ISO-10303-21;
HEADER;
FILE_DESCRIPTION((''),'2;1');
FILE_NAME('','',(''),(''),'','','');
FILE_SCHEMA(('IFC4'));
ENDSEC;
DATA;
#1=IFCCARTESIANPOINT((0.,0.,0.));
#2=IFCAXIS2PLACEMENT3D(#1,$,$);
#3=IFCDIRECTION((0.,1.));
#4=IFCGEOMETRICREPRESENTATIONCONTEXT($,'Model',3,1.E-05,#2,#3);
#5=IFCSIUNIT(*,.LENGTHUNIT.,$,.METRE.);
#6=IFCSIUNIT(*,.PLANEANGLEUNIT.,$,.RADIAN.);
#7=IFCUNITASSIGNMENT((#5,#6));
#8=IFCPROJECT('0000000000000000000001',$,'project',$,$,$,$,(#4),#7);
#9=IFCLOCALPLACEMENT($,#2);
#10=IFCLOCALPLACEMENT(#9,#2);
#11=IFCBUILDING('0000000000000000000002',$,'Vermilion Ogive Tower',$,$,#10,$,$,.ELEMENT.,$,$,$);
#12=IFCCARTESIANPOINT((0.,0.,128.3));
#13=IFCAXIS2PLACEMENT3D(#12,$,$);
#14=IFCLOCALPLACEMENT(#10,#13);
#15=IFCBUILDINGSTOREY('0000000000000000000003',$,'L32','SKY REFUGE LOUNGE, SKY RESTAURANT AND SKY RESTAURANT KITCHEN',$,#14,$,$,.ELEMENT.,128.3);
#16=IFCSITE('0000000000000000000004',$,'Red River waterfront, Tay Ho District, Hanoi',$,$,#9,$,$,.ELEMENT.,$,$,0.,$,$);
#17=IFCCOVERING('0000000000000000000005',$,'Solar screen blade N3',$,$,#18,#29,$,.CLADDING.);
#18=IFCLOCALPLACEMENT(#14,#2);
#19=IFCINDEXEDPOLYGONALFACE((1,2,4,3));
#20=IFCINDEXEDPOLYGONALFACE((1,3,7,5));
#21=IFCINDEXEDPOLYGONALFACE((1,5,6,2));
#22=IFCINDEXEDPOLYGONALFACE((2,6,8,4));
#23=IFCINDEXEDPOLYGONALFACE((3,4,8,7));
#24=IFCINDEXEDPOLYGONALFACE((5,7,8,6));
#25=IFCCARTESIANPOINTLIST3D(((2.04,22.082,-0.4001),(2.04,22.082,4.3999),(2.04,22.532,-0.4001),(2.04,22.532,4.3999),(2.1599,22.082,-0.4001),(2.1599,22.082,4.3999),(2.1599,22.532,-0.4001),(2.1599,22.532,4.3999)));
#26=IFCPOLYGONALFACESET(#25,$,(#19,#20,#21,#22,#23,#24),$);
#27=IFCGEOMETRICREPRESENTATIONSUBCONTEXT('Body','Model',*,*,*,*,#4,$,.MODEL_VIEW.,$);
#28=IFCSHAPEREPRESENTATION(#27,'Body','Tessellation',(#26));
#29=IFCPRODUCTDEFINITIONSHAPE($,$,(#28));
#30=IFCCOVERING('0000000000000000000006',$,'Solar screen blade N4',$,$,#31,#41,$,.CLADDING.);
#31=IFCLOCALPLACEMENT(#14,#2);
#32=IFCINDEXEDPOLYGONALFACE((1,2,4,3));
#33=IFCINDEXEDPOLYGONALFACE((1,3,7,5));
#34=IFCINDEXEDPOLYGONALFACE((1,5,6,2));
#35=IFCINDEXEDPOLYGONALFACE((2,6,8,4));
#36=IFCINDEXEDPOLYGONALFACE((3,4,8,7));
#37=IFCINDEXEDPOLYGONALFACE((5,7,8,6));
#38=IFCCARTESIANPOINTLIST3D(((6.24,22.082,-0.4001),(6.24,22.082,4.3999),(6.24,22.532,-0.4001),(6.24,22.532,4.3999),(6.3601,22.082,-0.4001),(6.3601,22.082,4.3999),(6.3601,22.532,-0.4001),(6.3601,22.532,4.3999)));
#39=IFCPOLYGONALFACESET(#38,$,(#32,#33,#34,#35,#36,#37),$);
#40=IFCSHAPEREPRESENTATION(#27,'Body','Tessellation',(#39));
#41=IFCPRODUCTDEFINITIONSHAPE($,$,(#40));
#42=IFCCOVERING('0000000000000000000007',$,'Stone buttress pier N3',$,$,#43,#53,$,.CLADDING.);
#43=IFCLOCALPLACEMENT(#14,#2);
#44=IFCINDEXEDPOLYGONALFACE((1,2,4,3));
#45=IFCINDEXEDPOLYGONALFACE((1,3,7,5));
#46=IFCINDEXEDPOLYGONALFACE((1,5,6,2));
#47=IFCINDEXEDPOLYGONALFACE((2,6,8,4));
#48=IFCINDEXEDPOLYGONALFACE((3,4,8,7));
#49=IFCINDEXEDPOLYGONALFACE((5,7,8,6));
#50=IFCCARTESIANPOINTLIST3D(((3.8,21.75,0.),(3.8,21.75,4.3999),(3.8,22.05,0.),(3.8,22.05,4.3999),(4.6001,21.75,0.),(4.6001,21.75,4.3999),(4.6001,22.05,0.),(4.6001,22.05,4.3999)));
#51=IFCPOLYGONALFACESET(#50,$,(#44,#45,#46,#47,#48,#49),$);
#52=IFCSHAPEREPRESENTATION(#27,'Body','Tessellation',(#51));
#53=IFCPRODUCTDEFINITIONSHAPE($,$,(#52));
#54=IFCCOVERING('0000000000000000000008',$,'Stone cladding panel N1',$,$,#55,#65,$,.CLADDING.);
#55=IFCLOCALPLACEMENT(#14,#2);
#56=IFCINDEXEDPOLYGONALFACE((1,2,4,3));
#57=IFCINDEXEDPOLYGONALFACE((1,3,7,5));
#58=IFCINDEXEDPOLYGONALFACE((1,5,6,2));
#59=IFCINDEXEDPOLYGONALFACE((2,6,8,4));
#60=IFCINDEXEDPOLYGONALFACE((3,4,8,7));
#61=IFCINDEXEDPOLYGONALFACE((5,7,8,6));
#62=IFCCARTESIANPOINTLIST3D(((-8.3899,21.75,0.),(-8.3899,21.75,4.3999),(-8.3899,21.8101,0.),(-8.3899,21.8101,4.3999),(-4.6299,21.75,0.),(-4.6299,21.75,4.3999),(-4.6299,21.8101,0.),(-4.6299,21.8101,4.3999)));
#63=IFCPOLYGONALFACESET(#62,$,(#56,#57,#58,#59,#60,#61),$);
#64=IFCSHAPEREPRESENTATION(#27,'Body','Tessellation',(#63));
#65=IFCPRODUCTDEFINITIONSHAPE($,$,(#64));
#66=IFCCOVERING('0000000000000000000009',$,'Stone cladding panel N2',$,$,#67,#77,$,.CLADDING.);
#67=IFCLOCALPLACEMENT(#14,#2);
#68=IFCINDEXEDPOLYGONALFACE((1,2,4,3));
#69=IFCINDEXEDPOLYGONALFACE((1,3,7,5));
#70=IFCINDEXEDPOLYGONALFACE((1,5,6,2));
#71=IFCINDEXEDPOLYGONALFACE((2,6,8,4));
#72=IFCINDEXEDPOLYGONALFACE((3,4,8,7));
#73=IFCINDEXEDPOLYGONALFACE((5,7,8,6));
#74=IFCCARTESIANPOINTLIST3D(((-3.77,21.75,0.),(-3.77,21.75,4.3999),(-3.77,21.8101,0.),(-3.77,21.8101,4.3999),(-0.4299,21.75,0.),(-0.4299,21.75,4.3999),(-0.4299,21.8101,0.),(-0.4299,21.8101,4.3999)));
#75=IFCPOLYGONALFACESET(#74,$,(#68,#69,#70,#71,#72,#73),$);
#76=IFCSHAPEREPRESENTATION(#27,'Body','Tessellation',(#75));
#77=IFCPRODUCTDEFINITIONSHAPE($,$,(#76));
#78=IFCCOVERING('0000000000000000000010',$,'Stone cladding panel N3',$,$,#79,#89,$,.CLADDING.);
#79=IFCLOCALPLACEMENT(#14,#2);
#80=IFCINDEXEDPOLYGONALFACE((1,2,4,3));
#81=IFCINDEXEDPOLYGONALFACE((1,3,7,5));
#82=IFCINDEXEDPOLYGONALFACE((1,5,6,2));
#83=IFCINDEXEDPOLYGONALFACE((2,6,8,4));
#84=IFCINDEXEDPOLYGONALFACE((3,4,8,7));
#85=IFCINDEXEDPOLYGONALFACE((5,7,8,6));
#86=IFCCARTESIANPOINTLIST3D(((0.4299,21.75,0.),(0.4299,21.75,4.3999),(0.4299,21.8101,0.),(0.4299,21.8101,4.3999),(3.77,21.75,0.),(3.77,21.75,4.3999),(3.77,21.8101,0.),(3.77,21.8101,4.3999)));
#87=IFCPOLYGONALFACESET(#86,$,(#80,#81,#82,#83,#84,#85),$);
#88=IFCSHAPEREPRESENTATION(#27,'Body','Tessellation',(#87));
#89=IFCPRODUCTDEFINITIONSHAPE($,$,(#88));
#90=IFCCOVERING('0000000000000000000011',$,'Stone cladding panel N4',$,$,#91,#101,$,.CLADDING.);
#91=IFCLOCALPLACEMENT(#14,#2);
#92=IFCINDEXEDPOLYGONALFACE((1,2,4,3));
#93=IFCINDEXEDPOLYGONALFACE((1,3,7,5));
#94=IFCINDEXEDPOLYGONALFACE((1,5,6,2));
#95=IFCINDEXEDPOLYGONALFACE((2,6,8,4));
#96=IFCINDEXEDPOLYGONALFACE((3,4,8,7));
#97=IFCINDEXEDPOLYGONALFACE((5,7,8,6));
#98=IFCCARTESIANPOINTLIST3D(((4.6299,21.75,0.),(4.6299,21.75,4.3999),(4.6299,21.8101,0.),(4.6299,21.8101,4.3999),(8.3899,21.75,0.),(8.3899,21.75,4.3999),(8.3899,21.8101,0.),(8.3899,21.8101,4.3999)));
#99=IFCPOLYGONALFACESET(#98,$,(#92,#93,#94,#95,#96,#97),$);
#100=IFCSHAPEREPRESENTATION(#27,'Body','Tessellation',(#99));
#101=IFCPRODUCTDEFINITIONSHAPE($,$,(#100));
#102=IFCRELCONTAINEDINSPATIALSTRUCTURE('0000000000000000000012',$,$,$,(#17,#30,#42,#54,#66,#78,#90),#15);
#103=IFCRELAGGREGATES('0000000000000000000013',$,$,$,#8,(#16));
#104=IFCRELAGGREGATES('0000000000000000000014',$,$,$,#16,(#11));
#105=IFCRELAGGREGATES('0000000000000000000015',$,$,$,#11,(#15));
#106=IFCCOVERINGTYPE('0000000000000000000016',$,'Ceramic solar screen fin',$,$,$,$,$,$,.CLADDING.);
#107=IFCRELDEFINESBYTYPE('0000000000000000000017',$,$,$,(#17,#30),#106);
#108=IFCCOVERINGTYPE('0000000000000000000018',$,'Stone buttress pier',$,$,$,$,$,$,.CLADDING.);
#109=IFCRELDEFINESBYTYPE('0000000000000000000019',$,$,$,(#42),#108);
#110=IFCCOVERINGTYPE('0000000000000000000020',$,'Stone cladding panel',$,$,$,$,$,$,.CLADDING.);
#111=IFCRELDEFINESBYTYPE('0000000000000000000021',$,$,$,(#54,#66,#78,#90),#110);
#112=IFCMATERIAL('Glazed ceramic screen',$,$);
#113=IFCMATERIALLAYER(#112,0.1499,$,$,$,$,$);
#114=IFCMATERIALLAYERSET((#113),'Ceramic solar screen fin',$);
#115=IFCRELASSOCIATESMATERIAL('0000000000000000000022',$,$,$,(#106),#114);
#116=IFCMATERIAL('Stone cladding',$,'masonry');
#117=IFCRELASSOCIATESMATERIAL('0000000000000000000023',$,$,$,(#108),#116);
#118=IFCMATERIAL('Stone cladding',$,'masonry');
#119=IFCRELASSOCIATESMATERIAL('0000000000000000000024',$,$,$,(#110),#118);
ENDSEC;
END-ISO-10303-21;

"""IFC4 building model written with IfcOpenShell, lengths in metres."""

from ifc_helpers import new_model, si_unit, direction, frame, origin, place, context, subcontext, project, spatial, polyline, outline, extrude, material, layer, layer_set, type_object, element, save


model = new_model("IFC4")

# Units and contexts
model_context = context("Model", 3, precision=1e-05, world=origin(), true_north=direction((0.0, 1.0)))
body_context = subcontext(model_context, "Body", "Model", "MODEL_VIEW")
ifc_project = project(units=[si_unit("LENGTHUNIT", "METRE"), si_unit("PLANEANGLEUNIT", "RADIAN")], contexts=[model_context])

# Site, building, storey
site_placement = place(None, origin())
site = spatial("IfcSite", under=ifc_project, at=site_placement, Name="Red River waterfront, Tay Ho District, Hanoi", CompositionType="ELEMENT", RefElevation=0.0)
building_placement = place(site_placement, origin())
building = spatial("IfcBuilding", under=site, at=building_placement, Name="Vermilion Ogive Tower", CompositionType="ELEMENT")
storey_placement = place(building_placement, frame((0.0, 0.0, 128.3)))
storey = spatial("IfcBuildingStorey", under=building, at=storey_placement, Name="L32", Description="SKY REFUGE LOUNGE, SKY RESTAURANT AND SKY RESTAURANT KITCHEN", CompositionType="ELEMENT", Elevation=128.3)

# Coverings
ifc_material_1 = material(Name="Glazed ceramic screen")
ifc_layer_1 = layer(ifc_material_1, 0.1499)
ifc_layer_set_1 = layer_set([ifc_layer_1], Name="Ceramic solar screen fin")
covering_type_1 = type_object("IfcCoveringType", Name="Ceramic solar screen fin", PredefinedType="CLADDING", material=ifc_layer_set_1)
covering_1_placement = place(storey_placement, frame((0.0, 0.0, -0.4001)))
element("IfcCovering", 1, at=covering_1_placement, inside=storey, type_object=covering_type_1, Name="Solar screen blade N3", PredefinedType="CLADDING", context=body_context, shape_type="SweptSolid", body=[
    extrude(outline(polyline([(2.04, 22.082), (2.1599, 22.082), (2.1599, 22.532), (2.04, 22.532), (2.04, 22.082)])), origin(), (0.0, 0.0, 1.0), 4.8),
])
covering_2_placement = place(storey_placement, frame((0.0, 0.0, -0.4001)))
element("IfcCovering", 2, at=covering_2_placement, inside=storey, type_object=covering_type_1, Name="Solar screen blade N4", PredefinedType="CLADDING", context=body_context, shape_type="SweptSolid", body=[
    extrude(outline(polyline([(6.24, 22.082), (6.3601, 22.082), (6.3601, 22.532), (6.24, 22.532), (6.24, 22.082)])), origin(), (0.0, 0.0, 1.0), 4.8),
])
ifc_material_2 = material(Name="Stone cladding", Category="masonry")
covering_type_2 = type_object("IfcCoveringType", Name="Stone buttress pier", PredefinedType="CLADDING", material=ifc_material_2)
covering_3_placement = place(storey_placement, origin())
element("IfcCovering", 3, at=covering_3_placement, inside=storey, type_object=covering_type_2, Name="Stone buttress pier N3", PredefinedType="CLADDING", context=body_context, shape_type="SweptSolid", body=[
    extrude(outline(polyline([(3.8, 21.75), (4.6001, 21.75), (4.6001, 22.05), (3.8, 22.05), (3.8, 21.75)])), origin(), (0.0, 0.0, 1.0), 4.3999),
])
ifc_material_3 = material(Name="Stone cladding", Category="masonry")
covering_type_3 = type_object("IfcCoveringType", Name="Stone cladding panel", PredefinedType="CLADDING", material=ifc_material_3)
covering_4_placement = place(storey_placement, origin())
element("IfcCovering", 4, at=covering_4_placement, inside=storey, type_object=covering_type_3, Name="Stone cladding panel N1", PredefinedType="CLADDING", context=body_context, shape_type="SweptSolid", body=[
    extrude(outline(polyline([(-8.3899, 21.75), (-4.6299, 21.75), (-4.6299, 21.8101), (-8.3899, 21.8101), (-8.3899, 21.75)])), origin(), (0.0, 0.0, 1.0), 4.3999),
])
covering_5_placement = place(storey_placement, origin())
element("IfcCovering", 5, at=covering_5_placement, inside=storey, type_object=covering_type_3, Name="Stone cladding panel N2", PredefinedType="CLADDING", context=body_context, shape_type="SweptSolid", body=[
    extrude(outline(polyline([(-3.77, 21.75), (-0.4299, 21.75), (-0.4299, 21.8101), (-3.77, 21.8101), (-3.77, 21.75)])), origin(), (0.0, 0.0, 1.0), 4.3999),
])
covering_6_placement = place(storey_placement, origin())
element("IfcCovering", 6, at=covering_6_placement, inside=storey, type_object=covering_type_3, Name="Stone cladding panel N3", PredefinedType="CLADDING", context=body_context, shape_type="SweptSolid", body=[
    extrude(outline(polyline([(0.4299, 21.75), (3.77, 21.75), (3.77, 21.8101), (0.4299, 21.8101), (0.4299, 21.75)])), origin(), (0.0, 0.0, 1.0), 4.3999),
])
covering_7_placement = place(storey_placement, origin())
element("IfcCovering", 7, at=covering_7_placement, inside=storey, type_object=covering_type_3, Name="Stone cladding panel N4", PredefinedType="CLADDING", context=body_context, shape_type="SweptSolid", body=[
    extrude(outline(polyline([(4.6299, 21.75), (8.3899, 21.75), (8.3899, 21.8101), (4.6299, 21.8101), (4.6299, 21.75)])), origin(), (0.0, 0.0, 1.0), 4.3999),
])

save(model, "model.ifc")
